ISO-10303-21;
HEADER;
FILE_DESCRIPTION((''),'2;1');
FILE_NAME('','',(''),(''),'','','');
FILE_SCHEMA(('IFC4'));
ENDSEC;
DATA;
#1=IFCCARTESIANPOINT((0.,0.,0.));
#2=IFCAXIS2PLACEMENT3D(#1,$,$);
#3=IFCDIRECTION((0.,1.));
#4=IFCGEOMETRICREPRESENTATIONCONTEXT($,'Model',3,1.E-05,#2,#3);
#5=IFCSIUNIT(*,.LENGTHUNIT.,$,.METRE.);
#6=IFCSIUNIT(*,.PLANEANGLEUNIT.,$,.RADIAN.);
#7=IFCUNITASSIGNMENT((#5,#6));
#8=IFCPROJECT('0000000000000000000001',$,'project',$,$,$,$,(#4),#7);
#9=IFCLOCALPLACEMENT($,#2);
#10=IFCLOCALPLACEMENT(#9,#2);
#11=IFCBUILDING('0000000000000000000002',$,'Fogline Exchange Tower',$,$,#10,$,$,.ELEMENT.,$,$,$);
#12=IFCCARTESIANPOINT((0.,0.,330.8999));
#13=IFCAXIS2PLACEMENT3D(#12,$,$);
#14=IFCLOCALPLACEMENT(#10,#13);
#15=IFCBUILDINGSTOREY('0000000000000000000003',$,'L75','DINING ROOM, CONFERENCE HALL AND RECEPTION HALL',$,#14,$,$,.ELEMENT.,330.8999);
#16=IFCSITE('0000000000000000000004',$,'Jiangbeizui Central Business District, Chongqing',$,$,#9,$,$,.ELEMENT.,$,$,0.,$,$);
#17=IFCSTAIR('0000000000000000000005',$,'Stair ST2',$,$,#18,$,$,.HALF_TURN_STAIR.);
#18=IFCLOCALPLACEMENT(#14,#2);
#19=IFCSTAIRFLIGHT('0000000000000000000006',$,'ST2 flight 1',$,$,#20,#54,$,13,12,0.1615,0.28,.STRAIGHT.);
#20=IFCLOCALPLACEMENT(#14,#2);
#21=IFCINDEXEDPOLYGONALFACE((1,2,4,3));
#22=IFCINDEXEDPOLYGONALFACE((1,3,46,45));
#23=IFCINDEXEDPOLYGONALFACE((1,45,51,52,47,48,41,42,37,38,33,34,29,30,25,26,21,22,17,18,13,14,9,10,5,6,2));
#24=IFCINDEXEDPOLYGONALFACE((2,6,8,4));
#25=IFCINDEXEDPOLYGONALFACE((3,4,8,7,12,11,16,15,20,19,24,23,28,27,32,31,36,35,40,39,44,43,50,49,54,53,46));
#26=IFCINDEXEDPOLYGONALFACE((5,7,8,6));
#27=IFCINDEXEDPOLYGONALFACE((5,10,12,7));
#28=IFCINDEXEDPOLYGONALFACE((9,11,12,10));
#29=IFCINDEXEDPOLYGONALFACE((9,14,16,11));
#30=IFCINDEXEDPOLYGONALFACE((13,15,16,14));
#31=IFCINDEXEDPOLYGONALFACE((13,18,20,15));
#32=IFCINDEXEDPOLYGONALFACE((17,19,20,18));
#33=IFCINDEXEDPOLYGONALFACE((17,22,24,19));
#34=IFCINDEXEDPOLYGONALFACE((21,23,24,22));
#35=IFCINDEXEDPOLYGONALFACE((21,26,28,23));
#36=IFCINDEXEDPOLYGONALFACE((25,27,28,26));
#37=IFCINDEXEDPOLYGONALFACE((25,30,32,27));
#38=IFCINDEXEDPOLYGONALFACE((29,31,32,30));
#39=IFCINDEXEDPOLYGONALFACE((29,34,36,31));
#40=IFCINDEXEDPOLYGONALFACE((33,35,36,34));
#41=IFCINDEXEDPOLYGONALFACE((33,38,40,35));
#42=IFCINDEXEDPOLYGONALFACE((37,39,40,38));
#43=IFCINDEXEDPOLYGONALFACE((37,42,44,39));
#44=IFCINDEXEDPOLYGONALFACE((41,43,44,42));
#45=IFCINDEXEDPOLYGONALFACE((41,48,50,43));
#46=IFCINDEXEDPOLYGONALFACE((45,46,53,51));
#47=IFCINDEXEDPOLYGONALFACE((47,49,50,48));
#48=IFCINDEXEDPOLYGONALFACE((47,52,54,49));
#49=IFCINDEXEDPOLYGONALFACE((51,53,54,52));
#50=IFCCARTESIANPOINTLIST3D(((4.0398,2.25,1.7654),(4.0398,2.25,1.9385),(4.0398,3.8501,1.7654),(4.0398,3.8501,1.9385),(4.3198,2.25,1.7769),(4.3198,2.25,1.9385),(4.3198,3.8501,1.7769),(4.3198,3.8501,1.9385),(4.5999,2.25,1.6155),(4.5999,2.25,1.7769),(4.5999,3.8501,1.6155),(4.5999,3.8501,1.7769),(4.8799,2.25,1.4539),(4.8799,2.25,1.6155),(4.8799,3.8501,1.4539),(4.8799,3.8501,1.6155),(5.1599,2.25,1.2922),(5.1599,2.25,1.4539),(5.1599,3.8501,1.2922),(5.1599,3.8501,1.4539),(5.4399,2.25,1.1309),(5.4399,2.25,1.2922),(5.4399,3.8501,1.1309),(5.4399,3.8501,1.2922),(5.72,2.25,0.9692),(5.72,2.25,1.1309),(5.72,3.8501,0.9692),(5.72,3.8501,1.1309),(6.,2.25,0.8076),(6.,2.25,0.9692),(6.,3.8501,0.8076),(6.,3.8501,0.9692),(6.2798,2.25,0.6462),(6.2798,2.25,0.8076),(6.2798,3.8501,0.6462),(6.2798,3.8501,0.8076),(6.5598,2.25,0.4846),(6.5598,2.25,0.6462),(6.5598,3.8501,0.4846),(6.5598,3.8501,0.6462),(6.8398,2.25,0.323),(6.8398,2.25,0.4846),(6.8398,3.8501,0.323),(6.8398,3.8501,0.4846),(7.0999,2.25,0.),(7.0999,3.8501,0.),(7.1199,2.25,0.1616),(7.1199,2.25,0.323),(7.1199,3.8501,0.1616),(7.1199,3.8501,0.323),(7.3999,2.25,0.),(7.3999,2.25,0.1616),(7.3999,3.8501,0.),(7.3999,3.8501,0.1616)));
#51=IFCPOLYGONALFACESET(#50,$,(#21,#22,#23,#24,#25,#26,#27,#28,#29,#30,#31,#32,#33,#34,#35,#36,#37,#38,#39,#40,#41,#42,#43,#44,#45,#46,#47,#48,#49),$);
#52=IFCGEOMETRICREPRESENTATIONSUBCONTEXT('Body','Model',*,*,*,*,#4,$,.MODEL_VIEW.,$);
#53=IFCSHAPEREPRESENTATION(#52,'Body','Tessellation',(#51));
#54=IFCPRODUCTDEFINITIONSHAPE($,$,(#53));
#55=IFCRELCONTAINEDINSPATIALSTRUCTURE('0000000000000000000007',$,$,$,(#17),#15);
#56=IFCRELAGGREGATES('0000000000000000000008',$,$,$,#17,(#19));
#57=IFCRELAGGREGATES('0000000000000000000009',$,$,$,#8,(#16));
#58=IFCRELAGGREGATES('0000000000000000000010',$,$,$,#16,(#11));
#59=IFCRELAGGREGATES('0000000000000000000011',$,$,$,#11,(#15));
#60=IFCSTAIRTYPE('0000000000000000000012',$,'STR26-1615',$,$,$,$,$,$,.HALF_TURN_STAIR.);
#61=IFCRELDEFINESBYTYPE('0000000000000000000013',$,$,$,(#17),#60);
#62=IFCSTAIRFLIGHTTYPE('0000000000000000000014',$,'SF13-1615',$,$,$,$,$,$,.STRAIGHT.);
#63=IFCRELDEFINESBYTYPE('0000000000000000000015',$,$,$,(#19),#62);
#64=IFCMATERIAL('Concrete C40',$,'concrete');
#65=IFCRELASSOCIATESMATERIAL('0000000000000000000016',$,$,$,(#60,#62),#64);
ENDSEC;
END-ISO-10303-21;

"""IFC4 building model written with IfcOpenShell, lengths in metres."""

from ifc_helpers import new_model, si_unit, direction, frame, origin, place, context, subcontext, project, spatial, polyline, outline, extrude, material, type_object, element, aggregate, save


model = new_model("IFC4")

# Units and contexts
model_context = context("Model", 3, precision=1e-05, world=origin(), true_north=direction((0.0, 1.0)))
body_context = subcontext(model_context, "Body", "Model", "MODEL_VIEW")
ifc_project = project(units=[si_unit("LENGTHUNIT", "METRE"), si_unit("PLANEANGLEUNIT", "RADIAN")], contexts=[model_context])

# Site, building, storey
site_placement = place(None, origin())
site = spatial("IfcSite", under=ifc_project, at=site_placement, Name="Jiangbeizui Central Business District, Chongqing", CompositionType="ELEMENT", RefElevation=0.0)
building_placement = place(site_placement, origin())
building = spatial("IfcBuilding", under=site, at=building_placement, Name="Fogline Exchange Tower", CompositionType="ELEMENT")
storey_placement = place(building_placement, frame((0.0, 0.0, 330.8999)))
storey = spatial("IfcBuildingStorey", under=building, at=storey_placement, Name="L75", Description="DINING ROOM, CONFERENCE HALL AND RECEPTION HALL", CompositionType="ELEMENT", Elevation=330.8999)

# Shared definitions
ifc_material_1 = material(Name="Concrete C40", Category="concrete")

# Stair, stair flight
stair_type = type_object("IfcStairType", Name="STR26-1615", PredefinedType="HALF_TURN_STAIR", material=ifc_material_1)
stair_placement = place(storey_placement, origin())
stair = element("IfcStair", 1, at=stair_placement, inside=storey, type_object=stair_type, Name="Stair ST2", PredefinedType="HALF_TURN_STAIR")
stair_flight_type = type_object("IfcStairFlightType", Name="SF13-1615", PredefinedType="STRAIGHT", material=ifc_material_1)
stair_flight_placement = place(storey_placement, frame((7.3999, 3.05, 0.0), z_axis=(0.0, 0.0, 1.0), x_axis=(-1.0, 0.0, 0.0)))
stair_flight = element("IfcStairFlight", 2, at=stair_flight_placement, type_object=stair_flight_type, Name="ST2 flight 1", NumberOfRisers=13, NumberOfTreads=12, PredefinedType="STRAIGHT", RiserHeight=0.1615, TreadLength=0.28, context=body_context, shape_type="SweptSolid", body=[
    extrude(outline(polyline([(0.0, 0.0), (0.0, 0.1616), (0.28, 0.1616), (0.28, 0.323), (0.5601, 0.323), (0.5601, 0.4846), (0.8401, 0.4846), (0.8401, 0.6462), (1.1201, 0.6462), (1.1201, 0.8076), (1.3999, 0.8076), (1.3999, 0.9692), (1.6799, 0.9692), (1.6799, 1.1309), (1.96, 1.1309), (1.96, 1.2922), (2.24, 1.2922), (2.24, 1.4539), (2.52, 1.4539), (2.52, 1.6155), (2.8, 1.6155), (2.8, 1.7769), (3.0801, 1.7769), (3.0801, 1.9385), (3.3601, 1.9385), (3.3601, 2.1001), (3.3601, 1.7654), (0.3, 0.0), (0.0, 0.0)])), frame((0.0, 0.8, 0.0), z_axis=(0.0, -1.0, 0.0), x_axis=(1.0, 0.0, 0.0)), (0.0, 0.0, 1.0), 1.6001),
])
aggregate(stair, [stair_flight])

save(model, "model.ifc")
